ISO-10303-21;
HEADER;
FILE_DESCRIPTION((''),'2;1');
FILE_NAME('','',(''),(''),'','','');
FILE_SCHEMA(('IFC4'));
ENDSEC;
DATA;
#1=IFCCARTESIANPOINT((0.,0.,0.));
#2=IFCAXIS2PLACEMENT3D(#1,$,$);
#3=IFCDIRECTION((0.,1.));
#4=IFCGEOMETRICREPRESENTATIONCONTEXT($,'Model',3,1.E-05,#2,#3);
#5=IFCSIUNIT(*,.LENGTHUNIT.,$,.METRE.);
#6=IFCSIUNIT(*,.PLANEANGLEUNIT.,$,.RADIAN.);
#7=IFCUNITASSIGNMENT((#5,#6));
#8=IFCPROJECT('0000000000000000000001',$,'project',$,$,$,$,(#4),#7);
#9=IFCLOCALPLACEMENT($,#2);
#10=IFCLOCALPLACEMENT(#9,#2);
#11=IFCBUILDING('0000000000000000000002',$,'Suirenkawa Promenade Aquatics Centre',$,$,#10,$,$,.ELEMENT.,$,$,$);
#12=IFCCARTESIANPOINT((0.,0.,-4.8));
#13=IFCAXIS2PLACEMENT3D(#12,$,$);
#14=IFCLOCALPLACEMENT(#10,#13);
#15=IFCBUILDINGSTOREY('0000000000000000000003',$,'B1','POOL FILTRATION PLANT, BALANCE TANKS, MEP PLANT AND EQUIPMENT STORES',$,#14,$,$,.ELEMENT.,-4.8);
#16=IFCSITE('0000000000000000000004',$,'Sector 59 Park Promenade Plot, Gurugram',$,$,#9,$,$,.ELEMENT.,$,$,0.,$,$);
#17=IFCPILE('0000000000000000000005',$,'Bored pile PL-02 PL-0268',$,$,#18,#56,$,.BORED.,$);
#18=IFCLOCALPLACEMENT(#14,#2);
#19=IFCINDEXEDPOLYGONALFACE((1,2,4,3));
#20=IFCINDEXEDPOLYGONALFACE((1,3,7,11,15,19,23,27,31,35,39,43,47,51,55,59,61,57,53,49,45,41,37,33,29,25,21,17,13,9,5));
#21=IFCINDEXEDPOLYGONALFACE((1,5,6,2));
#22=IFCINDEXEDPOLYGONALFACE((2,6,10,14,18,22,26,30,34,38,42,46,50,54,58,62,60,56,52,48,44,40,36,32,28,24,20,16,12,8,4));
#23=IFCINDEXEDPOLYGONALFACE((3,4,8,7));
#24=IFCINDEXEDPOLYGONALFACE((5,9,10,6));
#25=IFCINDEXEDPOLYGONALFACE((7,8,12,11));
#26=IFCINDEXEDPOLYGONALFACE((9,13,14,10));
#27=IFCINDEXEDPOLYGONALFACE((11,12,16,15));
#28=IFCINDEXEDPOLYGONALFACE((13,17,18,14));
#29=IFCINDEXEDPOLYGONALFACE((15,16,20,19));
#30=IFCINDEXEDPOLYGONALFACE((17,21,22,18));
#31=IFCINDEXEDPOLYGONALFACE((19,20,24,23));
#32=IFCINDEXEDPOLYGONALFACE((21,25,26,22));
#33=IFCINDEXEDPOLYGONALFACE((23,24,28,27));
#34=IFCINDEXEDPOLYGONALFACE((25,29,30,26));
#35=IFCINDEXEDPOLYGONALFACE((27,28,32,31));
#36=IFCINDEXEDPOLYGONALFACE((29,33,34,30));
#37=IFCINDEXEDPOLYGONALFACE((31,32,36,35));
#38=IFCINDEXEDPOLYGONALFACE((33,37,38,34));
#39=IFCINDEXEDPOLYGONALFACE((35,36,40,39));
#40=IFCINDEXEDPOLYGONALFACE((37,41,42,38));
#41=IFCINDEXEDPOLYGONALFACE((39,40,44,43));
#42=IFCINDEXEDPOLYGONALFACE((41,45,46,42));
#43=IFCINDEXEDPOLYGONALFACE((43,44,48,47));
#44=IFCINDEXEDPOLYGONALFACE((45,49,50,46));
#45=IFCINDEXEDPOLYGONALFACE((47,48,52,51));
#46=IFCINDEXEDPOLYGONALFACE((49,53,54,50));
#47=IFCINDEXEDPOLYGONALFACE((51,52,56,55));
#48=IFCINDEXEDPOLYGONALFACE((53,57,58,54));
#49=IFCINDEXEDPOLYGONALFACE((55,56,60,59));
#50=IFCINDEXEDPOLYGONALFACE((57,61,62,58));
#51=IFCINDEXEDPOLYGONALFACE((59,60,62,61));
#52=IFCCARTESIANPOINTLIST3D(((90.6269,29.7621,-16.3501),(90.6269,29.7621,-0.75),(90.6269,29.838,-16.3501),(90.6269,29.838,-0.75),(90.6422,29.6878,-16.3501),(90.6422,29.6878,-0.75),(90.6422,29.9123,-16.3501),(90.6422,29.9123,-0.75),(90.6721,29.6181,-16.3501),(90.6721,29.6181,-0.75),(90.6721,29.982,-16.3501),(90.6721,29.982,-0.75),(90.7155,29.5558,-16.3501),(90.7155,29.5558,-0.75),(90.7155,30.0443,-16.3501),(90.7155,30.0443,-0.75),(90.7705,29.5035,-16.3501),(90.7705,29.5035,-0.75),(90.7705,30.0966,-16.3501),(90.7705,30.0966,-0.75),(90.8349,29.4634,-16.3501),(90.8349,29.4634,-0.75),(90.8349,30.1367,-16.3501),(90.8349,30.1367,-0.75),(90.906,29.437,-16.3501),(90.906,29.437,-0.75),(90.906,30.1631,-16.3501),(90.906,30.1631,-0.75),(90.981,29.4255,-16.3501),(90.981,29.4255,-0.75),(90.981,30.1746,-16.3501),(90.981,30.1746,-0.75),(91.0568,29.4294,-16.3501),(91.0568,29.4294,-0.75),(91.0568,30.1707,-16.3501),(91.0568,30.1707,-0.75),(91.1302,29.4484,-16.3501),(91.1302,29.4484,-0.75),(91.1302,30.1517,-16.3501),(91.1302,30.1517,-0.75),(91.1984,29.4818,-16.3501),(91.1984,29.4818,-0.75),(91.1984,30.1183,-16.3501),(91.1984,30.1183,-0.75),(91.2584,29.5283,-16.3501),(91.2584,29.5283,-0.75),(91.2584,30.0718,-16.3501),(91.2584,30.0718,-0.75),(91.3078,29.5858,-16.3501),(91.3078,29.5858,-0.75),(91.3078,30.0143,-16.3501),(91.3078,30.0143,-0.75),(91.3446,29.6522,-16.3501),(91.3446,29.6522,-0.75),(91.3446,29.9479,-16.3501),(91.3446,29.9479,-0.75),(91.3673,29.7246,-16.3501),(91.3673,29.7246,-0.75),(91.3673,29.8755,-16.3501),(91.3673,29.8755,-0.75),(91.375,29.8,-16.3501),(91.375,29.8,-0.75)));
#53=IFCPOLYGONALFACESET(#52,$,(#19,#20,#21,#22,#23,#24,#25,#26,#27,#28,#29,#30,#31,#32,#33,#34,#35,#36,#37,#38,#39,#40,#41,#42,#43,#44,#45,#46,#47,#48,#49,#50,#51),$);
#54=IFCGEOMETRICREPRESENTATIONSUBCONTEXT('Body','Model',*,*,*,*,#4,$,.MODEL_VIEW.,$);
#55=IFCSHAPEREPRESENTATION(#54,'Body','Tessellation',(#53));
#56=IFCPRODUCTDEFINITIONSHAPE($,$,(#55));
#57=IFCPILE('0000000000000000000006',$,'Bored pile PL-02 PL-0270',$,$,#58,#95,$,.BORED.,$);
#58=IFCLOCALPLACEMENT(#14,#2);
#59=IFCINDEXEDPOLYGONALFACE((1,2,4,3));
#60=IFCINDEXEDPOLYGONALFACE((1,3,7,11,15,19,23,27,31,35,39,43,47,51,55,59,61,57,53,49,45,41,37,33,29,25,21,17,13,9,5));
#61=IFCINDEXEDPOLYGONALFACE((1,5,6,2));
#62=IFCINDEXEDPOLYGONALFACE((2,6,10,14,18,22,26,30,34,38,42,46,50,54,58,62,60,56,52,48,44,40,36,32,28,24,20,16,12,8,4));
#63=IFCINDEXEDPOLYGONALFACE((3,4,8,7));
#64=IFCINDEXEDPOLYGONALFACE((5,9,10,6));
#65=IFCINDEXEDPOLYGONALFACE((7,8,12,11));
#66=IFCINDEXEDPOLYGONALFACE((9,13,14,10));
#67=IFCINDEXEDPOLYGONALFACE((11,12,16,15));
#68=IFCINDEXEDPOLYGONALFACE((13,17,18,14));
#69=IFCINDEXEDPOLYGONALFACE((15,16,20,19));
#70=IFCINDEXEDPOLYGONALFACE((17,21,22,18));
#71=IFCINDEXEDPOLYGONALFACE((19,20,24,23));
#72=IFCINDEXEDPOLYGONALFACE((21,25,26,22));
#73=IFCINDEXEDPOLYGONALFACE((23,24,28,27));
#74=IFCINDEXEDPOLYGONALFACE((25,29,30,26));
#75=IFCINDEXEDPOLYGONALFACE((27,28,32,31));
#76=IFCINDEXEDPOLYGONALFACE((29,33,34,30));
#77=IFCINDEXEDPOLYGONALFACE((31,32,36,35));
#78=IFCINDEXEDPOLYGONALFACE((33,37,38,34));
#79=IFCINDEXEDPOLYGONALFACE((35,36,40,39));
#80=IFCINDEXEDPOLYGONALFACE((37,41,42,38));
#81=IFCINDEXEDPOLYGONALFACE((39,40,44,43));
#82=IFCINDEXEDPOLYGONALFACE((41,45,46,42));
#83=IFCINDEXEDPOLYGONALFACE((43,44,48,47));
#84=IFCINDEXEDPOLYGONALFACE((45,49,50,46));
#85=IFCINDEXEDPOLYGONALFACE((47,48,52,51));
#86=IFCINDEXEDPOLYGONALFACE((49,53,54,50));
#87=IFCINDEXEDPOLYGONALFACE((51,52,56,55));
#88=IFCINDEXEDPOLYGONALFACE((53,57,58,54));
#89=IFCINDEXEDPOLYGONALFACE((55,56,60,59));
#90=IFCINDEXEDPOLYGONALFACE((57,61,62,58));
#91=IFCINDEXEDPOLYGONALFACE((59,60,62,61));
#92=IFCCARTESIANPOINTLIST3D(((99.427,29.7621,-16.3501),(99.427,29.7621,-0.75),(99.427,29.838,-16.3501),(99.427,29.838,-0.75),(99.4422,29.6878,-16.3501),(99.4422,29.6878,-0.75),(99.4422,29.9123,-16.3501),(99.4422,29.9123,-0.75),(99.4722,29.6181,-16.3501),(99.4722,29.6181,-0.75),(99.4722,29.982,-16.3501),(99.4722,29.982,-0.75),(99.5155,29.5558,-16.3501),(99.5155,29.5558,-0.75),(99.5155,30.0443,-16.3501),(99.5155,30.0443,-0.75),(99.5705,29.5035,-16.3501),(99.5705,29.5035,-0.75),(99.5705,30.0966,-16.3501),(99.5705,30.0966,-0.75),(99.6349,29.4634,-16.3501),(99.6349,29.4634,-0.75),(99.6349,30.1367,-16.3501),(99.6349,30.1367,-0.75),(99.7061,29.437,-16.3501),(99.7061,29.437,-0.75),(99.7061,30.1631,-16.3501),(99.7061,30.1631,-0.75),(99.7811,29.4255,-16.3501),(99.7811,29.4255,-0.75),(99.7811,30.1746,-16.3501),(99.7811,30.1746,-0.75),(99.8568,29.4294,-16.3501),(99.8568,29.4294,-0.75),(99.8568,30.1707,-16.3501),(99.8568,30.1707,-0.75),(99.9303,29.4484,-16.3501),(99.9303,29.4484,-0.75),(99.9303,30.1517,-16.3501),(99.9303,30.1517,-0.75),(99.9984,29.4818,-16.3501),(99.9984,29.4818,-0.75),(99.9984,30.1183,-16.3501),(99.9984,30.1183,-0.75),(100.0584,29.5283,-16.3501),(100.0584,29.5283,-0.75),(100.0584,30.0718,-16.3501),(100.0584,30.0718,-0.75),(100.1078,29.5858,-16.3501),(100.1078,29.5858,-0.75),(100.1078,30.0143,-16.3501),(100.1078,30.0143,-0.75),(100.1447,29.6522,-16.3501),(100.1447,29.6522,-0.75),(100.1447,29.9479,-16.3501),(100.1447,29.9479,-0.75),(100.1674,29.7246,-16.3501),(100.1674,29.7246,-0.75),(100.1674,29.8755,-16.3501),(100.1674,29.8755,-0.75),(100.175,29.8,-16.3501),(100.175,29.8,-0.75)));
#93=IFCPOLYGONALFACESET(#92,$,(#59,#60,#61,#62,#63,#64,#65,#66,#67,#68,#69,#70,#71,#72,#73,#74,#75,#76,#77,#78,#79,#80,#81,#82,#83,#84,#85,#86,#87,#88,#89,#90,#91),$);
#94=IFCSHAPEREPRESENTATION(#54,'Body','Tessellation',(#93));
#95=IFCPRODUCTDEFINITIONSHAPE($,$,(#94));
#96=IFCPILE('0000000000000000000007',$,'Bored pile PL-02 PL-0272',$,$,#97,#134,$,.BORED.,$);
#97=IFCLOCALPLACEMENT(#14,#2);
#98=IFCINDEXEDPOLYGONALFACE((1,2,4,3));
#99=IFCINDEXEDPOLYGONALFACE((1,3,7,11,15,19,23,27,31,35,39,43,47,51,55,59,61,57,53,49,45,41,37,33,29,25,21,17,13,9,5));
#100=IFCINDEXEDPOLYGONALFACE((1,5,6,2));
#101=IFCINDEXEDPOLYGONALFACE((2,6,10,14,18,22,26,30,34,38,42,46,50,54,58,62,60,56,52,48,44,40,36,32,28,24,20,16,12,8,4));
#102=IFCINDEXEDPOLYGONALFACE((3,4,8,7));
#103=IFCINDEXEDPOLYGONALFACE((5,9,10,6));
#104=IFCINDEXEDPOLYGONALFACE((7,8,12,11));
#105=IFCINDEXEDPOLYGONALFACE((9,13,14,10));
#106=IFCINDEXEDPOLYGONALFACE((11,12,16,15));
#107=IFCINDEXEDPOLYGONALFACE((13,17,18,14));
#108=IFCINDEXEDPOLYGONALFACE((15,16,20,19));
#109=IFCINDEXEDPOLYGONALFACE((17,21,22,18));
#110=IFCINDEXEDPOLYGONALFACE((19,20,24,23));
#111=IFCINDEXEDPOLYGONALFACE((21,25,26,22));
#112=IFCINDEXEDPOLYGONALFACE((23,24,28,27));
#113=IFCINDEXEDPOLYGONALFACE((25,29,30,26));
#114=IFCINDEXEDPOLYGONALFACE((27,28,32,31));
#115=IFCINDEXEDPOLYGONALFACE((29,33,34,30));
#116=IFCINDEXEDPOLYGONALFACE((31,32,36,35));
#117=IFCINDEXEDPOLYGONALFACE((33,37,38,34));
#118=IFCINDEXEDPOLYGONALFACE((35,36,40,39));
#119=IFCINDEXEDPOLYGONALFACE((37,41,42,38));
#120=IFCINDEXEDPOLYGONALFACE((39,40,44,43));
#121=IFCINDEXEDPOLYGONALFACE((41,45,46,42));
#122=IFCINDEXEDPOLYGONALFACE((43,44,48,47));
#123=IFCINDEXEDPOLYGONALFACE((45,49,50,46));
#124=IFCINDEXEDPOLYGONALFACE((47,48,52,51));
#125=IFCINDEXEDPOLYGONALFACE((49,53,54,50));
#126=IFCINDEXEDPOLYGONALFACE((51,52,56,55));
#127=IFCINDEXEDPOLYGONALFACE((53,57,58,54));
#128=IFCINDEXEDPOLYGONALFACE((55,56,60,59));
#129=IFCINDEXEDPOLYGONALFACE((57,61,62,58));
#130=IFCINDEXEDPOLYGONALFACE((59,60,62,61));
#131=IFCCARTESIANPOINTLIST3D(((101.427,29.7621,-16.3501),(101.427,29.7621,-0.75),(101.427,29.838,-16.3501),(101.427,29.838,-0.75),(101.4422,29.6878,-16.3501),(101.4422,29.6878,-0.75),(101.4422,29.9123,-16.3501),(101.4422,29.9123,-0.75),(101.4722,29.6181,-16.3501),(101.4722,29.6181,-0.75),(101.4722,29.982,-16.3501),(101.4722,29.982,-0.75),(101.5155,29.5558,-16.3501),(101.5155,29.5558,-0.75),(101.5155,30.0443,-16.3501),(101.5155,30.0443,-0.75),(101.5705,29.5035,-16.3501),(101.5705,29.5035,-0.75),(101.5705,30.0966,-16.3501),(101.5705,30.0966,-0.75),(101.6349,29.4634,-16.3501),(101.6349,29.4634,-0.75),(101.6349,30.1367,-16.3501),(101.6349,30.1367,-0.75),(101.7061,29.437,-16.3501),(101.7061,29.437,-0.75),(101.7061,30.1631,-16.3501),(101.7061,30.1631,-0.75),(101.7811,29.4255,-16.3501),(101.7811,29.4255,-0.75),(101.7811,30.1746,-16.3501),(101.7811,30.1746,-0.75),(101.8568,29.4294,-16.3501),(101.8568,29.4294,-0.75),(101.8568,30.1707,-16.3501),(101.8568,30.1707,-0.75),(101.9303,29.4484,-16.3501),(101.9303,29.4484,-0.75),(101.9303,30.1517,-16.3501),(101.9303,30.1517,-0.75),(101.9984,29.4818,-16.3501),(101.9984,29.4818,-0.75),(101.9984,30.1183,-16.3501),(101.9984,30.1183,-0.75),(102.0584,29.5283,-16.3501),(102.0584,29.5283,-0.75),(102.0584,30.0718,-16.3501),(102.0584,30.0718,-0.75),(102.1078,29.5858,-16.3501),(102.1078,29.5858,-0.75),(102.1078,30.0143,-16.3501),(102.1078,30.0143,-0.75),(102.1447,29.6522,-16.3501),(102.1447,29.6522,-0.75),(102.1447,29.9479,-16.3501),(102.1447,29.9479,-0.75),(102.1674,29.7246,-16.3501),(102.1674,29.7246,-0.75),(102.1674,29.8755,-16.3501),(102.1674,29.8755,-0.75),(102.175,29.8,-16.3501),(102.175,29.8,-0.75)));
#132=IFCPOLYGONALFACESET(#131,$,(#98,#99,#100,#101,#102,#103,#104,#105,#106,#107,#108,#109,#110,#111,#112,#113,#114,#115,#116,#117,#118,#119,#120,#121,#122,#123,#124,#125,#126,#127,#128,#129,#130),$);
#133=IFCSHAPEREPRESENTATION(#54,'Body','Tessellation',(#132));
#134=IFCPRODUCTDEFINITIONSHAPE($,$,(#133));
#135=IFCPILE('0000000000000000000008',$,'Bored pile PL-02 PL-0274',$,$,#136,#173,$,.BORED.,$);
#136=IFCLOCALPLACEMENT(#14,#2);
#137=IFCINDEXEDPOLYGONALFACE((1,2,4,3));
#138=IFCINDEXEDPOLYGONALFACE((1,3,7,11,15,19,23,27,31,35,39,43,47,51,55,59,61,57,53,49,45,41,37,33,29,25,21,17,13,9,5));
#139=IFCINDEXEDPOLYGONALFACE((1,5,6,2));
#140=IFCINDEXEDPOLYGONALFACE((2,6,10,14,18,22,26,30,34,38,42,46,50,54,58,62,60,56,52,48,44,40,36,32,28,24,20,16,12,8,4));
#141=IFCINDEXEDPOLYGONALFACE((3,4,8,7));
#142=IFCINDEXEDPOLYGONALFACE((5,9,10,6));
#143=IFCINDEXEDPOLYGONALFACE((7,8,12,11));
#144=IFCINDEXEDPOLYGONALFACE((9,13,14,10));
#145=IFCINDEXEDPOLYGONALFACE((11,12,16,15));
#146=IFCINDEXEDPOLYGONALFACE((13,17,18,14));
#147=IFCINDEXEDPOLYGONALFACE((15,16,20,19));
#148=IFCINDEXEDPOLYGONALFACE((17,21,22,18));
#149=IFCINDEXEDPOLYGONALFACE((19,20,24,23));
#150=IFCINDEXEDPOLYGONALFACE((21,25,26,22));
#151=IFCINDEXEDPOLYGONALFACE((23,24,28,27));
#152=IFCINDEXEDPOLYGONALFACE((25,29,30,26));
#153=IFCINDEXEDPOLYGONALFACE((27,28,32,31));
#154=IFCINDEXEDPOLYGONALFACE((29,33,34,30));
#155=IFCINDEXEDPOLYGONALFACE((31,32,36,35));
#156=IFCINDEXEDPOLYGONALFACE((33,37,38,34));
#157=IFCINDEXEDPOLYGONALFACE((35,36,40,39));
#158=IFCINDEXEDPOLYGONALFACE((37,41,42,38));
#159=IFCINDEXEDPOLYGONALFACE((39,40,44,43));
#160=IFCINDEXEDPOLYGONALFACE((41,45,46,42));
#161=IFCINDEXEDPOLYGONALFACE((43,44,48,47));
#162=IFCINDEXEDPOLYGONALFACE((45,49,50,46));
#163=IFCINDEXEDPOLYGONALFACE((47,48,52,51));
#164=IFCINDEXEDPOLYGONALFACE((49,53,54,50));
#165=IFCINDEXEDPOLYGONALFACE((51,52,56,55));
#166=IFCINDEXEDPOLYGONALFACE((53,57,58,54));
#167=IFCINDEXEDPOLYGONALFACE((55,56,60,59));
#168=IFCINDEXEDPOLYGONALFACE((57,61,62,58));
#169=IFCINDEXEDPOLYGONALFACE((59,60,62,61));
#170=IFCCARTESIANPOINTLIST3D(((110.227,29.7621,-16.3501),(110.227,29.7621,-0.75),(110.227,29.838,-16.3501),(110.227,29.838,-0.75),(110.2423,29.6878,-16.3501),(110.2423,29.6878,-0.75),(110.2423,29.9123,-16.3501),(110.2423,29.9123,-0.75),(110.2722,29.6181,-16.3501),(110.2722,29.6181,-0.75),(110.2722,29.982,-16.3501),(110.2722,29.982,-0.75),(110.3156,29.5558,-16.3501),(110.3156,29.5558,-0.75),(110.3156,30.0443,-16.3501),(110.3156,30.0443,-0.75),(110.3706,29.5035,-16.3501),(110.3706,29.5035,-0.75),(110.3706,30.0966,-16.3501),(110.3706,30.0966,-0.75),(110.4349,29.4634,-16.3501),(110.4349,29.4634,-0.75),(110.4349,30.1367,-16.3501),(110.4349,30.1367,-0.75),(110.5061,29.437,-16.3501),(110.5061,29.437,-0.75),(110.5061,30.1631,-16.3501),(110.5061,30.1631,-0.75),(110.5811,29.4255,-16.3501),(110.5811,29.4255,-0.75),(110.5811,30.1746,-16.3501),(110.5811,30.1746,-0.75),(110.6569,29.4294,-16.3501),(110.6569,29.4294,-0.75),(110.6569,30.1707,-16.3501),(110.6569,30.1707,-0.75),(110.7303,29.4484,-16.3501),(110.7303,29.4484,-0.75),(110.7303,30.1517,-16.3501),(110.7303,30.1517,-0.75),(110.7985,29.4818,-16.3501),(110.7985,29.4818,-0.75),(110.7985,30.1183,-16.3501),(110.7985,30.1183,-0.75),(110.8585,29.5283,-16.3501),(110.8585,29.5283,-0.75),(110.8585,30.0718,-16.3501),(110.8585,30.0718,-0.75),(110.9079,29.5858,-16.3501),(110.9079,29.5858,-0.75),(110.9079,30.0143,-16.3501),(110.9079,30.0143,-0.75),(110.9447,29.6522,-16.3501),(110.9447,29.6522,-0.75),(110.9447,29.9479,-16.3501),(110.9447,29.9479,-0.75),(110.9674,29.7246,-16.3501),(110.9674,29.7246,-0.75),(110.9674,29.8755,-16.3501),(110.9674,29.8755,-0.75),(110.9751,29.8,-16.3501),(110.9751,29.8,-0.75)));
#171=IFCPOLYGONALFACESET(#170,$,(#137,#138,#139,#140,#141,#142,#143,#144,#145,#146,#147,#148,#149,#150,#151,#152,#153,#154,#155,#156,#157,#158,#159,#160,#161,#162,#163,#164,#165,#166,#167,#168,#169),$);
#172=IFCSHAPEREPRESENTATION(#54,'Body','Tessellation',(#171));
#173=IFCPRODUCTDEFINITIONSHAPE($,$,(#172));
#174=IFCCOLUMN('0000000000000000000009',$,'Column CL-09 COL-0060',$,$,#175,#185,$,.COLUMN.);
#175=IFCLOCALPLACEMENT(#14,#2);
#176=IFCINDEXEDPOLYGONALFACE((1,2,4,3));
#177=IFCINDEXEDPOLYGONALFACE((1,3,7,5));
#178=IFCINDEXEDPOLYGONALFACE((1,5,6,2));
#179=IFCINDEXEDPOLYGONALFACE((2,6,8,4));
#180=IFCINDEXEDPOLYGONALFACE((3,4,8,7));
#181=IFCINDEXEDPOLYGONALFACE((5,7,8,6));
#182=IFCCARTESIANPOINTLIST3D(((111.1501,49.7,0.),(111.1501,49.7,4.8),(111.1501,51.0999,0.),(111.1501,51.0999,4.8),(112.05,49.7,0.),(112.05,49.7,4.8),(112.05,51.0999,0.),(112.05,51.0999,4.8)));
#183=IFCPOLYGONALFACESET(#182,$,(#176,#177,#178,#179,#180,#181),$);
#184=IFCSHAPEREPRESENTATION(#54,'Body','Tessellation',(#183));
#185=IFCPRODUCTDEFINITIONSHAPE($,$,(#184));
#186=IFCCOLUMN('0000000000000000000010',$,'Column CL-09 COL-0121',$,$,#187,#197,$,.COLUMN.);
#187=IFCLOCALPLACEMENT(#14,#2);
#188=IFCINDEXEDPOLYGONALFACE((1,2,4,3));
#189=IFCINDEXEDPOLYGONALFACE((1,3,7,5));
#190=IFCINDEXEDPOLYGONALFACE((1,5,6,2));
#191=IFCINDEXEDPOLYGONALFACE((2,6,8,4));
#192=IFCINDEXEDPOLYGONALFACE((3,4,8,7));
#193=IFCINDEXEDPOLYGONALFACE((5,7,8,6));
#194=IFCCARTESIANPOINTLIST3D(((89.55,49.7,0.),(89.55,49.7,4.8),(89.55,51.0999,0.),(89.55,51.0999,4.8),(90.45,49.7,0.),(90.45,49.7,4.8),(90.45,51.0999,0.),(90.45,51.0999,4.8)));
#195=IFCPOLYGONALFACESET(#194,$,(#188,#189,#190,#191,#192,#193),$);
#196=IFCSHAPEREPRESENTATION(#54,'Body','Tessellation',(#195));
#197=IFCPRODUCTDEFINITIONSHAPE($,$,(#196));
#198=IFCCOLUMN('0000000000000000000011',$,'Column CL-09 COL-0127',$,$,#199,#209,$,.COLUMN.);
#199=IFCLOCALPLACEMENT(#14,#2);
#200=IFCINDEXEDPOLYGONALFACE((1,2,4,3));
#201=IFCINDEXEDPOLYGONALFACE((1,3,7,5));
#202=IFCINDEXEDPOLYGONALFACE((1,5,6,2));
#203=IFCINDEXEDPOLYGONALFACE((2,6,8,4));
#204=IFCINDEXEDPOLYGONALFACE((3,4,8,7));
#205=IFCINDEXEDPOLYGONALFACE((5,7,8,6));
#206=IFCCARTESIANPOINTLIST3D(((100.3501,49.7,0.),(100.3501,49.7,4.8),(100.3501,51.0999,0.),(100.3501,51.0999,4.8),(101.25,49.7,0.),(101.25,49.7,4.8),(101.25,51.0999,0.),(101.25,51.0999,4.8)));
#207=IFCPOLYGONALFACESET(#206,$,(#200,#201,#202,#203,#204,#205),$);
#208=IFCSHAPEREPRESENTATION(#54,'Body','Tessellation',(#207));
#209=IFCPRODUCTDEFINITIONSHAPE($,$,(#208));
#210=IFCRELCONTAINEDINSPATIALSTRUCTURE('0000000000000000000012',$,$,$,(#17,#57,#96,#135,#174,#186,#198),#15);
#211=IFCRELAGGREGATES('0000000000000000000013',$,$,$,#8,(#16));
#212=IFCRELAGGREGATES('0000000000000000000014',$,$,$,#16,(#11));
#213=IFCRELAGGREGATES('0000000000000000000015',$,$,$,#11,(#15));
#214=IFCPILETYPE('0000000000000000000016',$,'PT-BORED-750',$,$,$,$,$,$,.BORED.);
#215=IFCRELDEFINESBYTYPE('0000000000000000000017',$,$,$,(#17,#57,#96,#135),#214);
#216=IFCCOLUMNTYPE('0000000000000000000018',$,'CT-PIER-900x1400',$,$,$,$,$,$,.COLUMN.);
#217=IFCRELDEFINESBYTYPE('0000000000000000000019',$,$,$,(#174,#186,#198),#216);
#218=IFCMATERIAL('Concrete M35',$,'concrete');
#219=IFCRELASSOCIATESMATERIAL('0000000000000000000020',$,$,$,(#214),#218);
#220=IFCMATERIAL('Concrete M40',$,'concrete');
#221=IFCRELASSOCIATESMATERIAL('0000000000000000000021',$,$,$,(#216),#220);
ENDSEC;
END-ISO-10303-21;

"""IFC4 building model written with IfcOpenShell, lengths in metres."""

from ifc_helpers import new_model, si_unit, direction, frame, origin, origin_2d, place, context, subcontext, project, spatial, rectangle, circle, extrude, material, material_profile, profile_set, type_object, element, save


model = new_model("IFC4")

# Units and contexts
model_context = context("Model", 3, precision=1e-05, world=origin(), true_north=direction((0.0, 1.0)))
body_context = subcontext(model_context, "Body", "Model", "MODEL_VIEW")
ifc_project = project(units=[si_unit("LENGTHUNIT", "METRE"), si_unit("PLANEANGLEUNIT", "RADIAN")], contexts=[model_context])

# Site, building, storey
site_placement = place(None, origin())
site = spatial("IfcSite", under=ifc_project, at=site_placement, Name="Sector 59 Park Promenade Plot, Gurugram", CompositionType="ELEMENT", RefElevation=0.0)
building_placement = place(site_placement, origin())
building = spatial("IfcBuilding", under=site, at=building_placement, Name="Suirenkawa Promenade Aquatics Centre", CompositionType="ELEMENT")
storey_placement = place(building_placement, frame((0.0, 0.0, -4.8)))
storey = spatial("IfcBuildingStorey", under=building, at=storey_placement, Name="B1", Description="POOL FILTRATION PLANT, BALANCE TANKS, MEP PLANT AND EQUIPMENT STORES", CompositionType="ELEMENT", Elevation=-4.8)

# Shared definitions
ifc_material_1 = material(Name="Concrete M35", Category="concrete")

# Piles
ifc_material_profile_1 = material_profile(ifc_material_1, circle(Radius=0.375, at=origin_2d()), Name="PILE D750", Category="concrete")
ifc_profile_set_1 = profile_set([ifc_material_profile_1], Name="Concrete M35")
pile_type_1 = type_object("IfcPileType", Name="PT-BORED-750", PredefinedType="BORED", material=ifc_profile_set_1)
for number, where, z_axis, x_axis, name in (
    (1, (91.0, 29.8, -0.75), (0.0, 0.0, -1.0), (1.0, 0.0, 0.0), "Bored pile PL-02 PL-0268"),
    (2, (99.8, 29.8, -0.75), (0.0, 0.0, -1.0), (1.0, 0.0, 0.0), "Bored pile PL-02 PL-0270"),
    (3, (101.8, 29.8, -0.75), (0.0, 0.0, -1.0), (1.0, 0.0, 0.0), "Bored pile PL-02 PL-0272"),
    (4, (110.6001, 29.8, -0.75), (0.0, 0.0, -1.0), (1.0, 0.0, 0.0), "Bored pile PL-02 PL-0274"),
):
    element("IfcPile", number, at=place(storey_placement, frame(where, z_axis=z_axis, x_axis=x_axis)), inside=storey, type_object=pile_type_1, Name=name, PredefinedType="BORED", context=body_context, shape_type="SweptSolid", body=[
        extrude(circle(Radius=0.375, at=origin_2d()), origin(), (0.0, 0.0, 1.0), 15.6001),
    ])

# Columns
ifc_material_2 = material(Name="Concrete M40", Category="concrete")
ifc_material_profile_2 = material_profile(ifc_material_2, rectangle(XDim=0.8999, YDim=1.3999, at=origin_2d()), Name="RC PIER 900x1400", Category="concrete")
ifc_profile_set_2 = profile_set([ifc_material_profile_2], Name="Concrete M40")
column_type_1 = type_object("IfcColumnType", Name="CT-PIER-900x1400", PredefinedType="COLUMN", material=ifc_profile_set_2)
for number, where, z_axis, x_axis, name in (
    (5, (111.6001, 50.3999, 0.0), (0.0, 0.0, 1.0), (1.0, 0.0, 0.0), "Column CL-09 COL-0060"),
    (6, (90.0, 50.3999, 0.0), (0.0, 0.0, 1.0), (1.0, 0.0, 0.0), "Column CL-09 COL-0121"),
    (7, (100.8, 50.3999, 0.0), (0.0, 0.0, 1.0), (1.0, 0.0, 0.0), "Column CL-09 COL-0127"),
):
    element("IfcColumn", number, at=place(storey_placement, frame(where, z_axis=z_axis, x_axis=x_axis)), inside=storey, type_object=column_type_1, Name=name, PredefinedType="COLUMN", context=body_context, shape_type="SweptSolid", body=[
        extrude(rectangle(XDim=0.8999, YDim=1.3999, at=origin_2d()), origin(), (0.0, 0.0, 1.0), 4.8),
    ])

save(model, "model.ifc")
